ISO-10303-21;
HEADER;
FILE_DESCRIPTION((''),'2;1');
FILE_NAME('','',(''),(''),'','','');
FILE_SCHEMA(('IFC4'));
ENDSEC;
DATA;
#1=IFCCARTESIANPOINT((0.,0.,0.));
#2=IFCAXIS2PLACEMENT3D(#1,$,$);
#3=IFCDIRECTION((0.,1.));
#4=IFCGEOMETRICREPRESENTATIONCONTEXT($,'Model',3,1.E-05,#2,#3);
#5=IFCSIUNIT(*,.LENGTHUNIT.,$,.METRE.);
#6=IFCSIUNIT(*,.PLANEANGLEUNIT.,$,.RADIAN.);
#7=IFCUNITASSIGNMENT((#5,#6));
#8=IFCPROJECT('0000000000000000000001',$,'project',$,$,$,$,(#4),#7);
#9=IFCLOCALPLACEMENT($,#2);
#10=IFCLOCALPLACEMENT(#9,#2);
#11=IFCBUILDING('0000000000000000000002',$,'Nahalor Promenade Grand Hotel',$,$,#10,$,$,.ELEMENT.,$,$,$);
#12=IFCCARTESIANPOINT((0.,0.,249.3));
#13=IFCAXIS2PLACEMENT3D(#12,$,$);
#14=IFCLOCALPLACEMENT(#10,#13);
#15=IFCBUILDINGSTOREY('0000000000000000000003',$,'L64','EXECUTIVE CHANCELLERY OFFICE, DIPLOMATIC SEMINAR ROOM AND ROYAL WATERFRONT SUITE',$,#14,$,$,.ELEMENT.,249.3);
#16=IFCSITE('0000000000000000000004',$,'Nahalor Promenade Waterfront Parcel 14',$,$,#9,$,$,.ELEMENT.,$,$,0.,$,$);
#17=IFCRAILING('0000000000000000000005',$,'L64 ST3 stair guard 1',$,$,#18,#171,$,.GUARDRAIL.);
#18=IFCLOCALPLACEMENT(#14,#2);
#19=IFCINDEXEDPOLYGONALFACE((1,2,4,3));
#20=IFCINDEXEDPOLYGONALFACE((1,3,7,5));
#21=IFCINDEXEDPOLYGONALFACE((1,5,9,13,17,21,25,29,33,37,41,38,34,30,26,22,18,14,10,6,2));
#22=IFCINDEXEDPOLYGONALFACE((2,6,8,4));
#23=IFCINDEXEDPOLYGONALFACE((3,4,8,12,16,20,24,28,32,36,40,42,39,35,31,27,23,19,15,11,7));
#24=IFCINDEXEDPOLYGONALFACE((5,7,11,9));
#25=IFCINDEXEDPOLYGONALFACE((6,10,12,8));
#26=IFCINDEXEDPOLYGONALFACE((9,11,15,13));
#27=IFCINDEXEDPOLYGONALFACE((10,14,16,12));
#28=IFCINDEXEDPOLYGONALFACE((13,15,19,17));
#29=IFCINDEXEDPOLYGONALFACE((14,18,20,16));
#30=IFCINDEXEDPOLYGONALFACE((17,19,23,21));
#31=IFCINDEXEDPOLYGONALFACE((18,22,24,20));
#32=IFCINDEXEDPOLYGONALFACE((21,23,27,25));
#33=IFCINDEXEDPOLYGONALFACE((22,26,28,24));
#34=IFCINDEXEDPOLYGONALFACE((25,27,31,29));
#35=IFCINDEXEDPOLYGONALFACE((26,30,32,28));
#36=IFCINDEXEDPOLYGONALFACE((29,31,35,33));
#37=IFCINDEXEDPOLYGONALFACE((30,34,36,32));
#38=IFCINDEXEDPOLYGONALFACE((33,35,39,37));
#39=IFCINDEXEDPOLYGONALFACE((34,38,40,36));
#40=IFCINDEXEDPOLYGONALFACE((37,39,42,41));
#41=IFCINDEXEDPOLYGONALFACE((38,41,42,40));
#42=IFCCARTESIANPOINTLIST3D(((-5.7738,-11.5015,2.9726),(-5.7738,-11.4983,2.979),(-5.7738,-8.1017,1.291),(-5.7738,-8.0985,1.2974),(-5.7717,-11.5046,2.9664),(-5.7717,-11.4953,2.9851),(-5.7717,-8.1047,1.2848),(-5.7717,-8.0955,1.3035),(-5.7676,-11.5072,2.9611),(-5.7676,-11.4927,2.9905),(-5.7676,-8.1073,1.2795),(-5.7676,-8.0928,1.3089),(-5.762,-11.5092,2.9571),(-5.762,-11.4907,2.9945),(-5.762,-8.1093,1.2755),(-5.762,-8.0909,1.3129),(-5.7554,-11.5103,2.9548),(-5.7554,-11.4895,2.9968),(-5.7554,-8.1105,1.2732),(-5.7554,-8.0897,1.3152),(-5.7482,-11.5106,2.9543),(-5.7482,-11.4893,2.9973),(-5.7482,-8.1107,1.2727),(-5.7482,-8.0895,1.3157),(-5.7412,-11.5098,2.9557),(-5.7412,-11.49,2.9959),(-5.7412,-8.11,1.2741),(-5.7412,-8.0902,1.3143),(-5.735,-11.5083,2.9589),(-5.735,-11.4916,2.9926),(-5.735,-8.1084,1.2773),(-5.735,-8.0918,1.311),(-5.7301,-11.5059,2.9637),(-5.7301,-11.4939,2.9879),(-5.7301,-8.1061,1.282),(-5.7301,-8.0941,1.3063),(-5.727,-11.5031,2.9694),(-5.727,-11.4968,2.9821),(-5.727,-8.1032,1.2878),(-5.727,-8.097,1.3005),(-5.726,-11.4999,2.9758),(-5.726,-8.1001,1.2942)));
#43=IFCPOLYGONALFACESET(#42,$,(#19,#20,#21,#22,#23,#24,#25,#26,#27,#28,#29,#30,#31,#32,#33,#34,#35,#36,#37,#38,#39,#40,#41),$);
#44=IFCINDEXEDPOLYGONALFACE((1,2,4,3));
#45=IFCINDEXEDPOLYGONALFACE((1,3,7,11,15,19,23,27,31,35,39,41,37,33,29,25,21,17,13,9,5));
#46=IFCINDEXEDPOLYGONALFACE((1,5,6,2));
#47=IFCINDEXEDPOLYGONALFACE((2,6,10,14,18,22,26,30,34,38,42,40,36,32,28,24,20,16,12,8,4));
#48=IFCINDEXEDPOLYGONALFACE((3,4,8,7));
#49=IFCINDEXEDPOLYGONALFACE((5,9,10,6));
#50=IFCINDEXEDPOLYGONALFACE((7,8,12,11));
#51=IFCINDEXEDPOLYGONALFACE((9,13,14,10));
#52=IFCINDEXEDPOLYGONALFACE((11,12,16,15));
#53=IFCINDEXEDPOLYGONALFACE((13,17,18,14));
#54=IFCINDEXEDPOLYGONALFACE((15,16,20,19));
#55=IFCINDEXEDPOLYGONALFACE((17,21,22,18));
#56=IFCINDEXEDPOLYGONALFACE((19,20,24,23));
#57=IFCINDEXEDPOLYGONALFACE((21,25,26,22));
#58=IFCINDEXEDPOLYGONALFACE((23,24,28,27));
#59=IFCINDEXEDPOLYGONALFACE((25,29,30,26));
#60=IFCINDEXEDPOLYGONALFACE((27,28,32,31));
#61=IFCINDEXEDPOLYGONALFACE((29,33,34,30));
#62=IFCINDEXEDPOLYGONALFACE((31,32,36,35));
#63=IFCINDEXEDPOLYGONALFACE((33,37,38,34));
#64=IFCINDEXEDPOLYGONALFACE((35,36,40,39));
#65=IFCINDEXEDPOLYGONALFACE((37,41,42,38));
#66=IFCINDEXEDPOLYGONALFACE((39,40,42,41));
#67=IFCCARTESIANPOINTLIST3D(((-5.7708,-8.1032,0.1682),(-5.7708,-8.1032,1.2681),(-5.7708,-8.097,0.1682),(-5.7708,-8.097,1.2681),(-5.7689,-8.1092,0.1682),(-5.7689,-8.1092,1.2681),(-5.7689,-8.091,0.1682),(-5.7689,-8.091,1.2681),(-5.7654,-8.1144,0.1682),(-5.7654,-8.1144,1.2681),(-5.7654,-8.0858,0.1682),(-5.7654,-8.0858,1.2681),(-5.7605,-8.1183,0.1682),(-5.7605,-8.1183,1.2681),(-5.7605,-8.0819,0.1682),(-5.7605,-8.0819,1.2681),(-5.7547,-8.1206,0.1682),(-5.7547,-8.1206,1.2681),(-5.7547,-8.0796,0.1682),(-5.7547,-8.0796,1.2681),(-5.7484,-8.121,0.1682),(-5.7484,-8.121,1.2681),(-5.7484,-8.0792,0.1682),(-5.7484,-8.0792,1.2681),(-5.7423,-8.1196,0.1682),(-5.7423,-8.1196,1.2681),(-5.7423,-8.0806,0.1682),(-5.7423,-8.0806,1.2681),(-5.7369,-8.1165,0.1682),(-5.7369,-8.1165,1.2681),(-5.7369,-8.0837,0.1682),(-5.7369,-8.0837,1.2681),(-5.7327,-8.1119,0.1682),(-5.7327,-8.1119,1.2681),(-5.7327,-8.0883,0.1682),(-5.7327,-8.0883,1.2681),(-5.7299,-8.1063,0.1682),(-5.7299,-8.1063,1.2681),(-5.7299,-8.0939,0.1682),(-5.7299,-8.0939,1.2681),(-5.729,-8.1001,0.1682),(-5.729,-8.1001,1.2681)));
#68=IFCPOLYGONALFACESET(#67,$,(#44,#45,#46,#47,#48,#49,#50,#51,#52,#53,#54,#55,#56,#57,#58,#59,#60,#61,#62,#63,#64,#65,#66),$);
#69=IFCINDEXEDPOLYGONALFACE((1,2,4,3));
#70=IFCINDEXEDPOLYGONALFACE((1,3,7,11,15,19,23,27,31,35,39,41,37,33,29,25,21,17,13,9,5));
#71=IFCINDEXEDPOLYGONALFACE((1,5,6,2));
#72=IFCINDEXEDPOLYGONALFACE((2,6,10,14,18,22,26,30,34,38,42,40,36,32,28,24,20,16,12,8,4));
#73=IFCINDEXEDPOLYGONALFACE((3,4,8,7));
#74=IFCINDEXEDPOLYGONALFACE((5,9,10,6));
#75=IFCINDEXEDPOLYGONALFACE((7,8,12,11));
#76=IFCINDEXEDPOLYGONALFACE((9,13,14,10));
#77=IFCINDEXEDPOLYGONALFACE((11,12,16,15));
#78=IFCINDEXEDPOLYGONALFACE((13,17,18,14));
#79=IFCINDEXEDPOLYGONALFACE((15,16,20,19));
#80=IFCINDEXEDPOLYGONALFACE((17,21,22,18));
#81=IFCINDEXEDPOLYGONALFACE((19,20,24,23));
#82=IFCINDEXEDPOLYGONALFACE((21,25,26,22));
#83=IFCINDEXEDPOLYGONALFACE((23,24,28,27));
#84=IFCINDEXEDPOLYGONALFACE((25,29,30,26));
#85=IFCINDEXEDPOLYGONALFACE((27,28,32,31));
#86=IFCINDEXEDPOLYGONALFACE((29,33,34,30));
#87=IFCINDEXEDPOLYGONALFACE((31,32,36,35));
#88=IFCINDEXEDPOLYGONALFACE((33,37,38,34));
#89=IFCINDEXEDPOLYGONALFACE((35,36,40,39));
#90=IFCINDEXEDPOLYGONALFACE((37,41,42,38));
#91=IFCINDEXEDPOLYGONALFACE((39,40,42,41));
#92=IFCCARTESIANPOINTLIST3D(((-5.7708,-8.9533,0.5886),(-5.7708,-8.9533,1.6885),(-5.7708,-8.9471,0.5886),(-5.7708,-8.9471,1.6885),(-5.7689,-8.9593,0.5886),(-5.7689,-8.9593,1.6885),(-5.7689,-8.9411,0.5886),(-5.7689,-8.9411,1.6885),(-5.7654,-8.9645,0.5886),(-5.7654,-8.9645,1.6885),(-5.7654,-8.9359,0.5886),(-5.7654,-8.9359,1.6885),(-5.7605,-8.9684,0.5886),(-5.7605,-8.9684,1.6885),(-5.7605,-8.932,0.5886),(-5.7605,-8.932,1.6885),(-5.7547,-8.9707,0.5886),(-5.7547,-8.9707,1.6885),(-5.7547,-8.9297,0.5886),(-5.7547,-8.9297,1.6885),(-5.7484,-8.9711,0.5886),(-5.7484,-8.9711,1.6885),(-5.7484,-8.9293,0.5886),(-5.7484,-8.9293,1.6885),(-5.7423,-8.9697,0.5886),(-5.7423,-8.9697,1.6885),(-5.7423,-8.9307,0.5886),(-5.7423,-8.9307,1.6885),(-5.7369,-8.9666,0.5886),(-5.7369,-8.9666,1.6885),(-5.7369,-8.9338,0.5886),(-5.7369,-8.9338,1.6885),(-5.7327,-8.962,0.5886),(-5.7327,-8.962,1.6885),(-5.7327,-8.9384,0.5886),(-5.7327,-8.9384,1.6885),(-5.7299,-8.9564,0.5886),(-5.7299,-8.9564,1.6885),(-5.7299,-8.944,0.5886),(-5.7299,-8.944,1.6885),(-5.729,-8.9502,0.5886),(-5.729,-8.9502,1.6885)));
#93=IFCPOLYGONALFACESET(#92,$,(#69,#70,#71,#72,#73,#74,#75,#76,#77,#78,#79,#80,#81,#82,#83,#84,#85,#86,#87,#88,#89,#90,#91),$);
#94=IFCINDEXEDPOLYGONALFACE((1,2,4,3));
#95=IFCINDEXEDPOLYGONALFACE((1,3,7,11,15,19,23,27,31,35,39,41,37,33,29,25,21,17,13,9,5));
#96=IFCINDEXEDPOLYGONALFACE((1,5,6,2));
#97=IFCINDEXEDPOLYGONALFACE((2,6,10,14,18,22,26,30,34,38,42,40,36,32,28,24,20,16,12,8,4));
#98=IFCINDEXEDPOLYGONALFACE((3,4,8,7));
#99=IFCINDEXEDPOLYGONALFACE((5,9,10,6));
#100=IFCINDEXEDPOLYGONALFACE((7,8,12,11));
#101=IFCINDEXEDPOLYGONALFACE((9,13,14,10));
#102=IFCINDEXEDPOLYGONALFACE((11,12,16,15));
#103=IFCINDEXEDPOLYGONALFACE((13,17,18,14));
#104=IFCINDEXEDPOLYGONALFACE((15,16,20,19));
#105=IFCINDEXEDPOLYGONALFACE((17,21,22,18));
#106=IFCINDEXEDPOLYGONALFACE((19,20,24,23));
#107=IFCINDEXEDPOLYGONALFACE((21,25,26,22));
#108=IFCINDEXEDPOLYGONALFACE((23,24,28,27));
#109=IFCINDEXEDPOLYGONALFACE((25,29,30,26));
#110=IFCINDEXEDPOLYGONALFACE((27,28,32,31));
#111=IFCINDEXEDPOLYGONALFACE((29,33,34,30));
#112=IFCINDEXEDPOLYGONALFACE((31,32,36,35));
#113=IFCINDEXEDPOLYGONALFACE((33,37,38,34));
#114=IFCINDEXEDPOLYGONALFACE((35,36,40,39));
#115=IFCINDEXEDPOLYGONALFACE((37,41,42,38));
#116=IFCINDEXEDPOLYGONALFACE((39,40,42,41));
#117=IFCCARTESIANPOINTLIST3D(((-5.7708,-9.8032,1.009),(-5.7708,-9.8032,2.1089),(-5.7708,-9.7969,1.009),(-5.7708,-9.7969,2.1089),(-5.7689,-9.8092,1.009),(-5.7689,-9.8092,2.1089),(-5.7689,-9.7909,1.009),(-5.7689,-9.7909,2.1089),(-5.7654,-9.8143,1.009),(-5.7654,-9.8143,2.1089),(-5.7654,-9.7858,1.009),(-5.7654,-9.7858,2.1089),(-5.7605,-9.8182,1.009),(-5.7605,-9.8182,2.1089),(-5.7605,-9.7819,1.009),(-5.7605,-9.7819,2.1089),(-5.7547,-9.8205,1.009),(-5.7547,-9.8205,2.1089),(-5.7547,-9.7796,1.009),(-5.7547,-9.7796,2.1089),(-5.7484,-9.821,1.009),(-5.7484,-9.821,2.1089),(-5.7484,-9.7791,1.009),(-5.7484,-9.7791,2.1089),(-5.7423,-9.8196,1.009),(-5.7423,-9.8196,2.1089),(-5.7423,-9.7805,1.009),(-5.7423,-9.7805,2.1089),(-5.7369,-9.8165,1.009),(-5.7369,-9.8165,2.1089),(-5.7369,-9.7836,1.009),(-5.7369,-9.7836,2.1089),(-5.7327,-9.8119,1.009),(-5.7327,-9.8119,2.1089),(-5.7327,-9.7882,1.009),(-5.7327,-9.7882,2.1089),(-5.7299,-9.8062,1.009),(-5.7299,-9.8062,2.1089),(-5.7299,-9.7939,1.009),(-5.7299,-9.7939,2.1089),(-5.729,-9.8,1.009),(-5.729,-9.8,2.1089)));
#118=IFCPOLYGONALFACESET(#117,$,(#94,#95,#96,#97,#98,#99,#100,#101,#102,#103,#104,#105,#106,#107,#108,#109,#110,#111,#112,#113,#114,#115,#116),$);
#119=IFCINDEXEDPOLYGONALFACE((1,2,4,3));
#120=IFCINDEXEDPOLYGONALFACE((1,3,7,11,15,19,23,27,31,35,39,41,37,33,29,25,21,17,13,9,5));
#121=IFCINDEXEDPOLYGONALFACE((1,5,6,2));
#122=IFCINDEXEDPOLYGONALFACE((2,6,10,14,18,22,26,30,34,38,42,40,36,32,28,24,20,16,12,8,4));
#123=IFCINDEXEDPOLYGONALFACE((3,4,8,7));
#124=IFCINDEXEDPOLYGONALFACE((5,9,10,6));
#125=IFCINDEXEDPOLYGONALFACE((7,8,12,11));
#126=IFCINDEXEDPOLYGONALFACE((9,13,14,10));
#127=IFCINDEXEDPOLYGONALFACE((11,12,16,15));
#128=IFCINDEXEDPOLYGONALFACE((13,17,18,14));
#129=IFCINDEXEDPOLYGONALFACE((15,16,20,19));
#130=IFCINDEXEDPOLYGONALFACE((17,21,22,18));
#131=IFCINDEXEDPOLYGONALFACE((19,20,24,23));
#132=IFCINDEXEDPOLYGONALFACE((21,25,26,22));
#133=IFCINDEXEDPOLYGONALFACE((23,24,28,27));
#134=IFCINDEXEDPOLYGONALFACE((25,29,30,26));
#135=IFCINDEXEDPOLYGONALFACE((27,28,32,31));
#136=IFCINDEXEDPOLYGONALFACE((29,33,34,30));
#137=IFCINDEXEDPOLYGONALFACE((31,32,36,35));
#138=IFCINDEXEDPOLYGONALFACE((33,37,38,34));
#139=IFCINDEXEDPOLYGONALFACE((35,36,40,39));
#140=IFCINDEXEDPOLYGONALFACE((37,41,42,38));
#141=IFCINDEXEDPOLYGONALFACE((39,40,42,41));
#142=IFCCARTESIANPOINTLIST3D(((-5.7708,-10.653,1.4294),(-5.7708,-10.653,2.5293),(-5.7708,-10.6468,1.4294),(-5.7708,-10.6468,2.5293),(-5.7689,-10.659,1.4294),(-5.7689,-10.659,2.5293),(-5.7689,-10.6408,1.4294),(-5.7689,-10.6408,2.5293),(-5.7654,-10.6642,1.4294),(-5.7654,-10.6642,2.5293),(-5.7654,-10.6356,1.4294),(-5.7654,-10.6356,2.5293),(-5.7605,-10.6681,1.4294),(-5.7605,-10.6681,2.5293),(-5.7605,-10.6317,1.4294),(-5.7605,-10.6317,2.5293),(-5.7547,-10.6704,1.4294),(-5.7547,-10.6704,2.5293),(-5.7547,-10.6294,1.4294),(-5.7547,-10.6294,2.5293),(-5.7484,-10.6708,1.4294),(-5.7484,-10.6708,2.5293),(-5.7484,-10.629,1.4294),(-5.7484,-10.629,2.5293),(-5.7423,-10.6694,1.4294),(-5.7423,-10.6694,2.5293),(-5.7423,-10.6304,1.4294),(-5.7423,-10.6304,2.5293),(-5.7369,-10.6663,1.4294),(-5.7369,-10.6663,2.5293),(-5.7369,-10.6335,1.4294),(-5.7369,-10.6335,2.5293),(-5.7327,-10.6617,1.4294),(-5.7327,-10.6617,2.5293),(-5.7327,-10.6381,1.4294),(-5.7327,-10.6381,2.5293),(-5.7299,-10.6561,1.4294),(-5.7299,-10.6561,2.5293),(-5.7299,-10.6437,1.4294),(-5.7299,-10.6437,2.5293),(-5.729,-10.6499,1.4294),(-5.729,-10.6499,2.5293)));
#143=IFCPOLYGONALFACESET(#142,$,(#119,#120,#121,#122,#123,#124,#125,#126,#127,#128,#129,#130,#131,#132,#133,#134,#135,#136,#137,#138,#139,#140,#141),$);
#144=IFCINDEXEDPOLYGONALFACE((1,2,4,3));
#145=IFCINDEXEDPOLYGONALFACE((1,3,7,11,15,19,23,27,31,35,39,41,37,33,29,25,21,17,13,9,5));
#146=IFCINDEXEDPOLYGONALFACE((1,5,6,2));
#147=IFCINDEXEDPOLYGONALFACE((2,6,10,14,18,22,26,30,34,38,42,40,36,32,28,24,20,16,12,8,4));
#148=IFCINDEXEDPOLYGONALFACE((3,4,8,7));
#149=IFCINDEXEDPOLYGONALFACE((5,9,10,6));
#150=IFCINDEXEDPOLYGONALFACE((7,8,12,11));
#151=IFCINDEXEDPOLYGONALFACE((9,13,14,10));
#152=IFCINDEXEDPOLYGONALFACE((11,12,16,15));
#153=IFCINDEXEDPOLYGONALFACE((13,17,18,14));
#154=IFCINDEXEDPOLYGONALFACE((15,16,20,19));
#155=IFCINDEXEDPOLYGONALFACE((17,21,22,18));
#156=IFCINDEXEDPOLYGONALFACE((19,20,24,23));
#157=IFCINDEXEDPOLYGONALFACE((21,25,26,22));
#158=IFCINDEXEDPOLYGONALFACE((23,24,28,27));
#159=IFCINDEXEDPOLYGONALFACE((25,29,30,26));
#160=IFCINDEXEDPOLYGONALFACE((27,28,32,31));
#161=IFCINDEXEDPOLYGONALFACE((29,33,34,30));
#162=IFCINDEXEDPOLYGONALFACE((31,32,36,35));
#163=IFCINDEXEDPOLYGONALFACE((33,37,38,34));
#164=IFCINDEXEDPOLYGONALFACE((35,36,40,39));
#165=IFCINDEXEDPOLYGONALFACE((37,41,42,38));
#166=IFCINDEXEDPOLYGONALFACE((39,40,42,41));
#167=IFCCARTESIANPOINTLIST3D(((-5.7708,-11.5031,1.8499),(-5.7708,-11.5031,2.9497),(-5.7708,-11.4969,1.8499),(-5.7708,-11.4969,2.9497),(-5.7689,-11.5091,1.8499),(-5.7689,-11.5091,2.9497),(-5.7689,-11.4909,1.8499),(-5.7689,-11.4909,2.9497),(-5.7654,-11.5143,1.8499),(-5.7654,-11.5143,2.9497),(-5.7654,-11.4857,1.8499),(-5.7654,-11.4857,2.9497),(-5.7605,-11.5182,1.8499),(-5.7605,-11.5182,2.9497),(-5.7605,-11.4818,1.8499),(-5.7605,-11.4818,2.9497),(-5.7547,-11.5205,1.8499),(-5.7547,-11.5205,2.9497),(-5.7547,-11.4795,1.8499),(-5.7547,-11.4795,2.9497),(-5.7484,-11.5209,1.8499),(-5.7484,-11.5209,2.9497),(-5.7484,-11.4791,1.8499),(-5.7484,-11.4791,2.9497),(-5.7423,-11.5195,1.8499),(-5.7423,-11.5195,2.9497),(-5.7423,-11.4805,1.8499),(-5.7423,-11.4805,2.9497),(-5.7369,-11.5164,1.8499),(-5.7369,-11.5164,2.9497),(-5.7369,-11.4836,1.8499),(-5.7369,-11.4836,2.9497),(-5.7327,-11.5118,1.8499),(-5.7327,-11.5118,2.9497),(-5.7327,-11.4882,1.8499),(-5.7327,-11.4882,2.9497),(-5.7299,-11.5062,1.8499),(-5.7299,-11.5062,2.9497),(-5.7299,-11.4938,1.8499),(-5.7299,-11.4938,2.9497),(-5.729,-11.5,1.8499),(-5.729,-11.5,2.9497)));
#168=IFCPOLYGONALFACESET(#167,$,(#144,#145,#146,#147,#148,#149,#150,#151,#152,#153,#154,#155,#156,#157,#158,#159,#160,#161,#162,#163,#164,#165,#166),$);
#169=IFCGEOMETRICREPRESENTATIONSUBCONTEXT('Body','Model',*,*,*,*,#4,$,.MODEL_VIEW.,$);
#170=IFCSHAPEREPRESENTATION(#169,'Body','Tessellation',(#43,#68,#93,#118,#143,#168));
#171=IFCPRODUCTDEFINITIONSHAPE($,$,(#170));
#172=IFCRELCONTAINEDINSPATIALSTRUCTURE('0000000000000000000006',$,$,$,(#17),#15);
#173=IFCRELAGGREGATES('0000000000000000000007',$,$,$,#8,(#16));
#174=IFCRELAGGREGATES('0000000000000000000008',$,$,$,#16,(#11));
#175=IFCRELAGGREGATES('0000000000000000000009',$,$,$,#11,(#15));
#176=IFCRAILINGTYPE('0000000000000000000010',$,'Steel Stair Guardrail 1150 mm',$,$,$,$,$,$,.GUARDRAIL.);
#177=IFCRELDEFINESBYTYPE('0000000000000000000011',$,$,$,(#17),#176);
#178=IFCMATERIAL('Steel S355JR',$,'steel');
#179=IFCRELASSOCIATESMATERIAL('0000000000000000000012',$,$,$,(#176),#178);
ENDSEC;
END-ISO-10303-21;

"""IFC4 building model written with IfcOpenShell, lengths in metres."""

from ifc_helpers import new_model, si_unit, direction, frame, origin, origin_2d, place, context, subcontext, project, spatial, circle, extrude, material, type_object, element, save


model = new_model("IFC4")

# Units and contexts
model_context = context("Model", 3, precision=1e-05, world=origin(), true_north=direction((0.0, 1.0)))
body_context = subcontext(model_context, "Body", "Model", "MODEL_VIEW")
ifc_project = project(units=[si_unit("LENGTHUNIT", "METRE"), si_unit("PLANEANGLEUNIT", "RADIAN")], contexts=[model_context])

# Site, building, storey
site_placement = place(None, origin())
site = spatial("IfcSite", under=ifc_project, at=site_placement, Name="Nahalor Promenade Waterfront Parcel 14", CompositionType="ELEMENT", RefElevation=0.0)
building_placement = place(site_placement, origin())
building = spatial("IfcBuilding", under=site, at=building_placement, Name="Nahalor Promenade Grand Hotel", CompositionType="ELEMENT")
storey_placement = place(building_placement, frame((0.0, 0.0, 249.3)))
storey = spatial("IfcBuildingStorey", under=building, at=storey_placement, Name="L64", Description="EXECUTIVE CHANCELLERY OFFICE, DIPLOMATIC SEMINAR ROOM AND ROYAL WATERFRONT SUITE", CompositionType="ELEMENT", Elevation=249.3)

# Shared definitions
ifc_material_1 = material(Name="Steel S355JR", Category="steel")

# Railing
railing_type_1 = type_object("IfcRailingType", Name="Steel Stair Guardrail 1150 mm", PredefinedType="GUARDRAIL", material=ifc_material_1)
for number, where, name in (
    (1, (-5.75, -8.1001, 0.1682), "L64 ST3 stair guard 1"),
):
    element("IfcRailing", number, at=place(storey_placement, frame(where)), inside=storey, type_object=railing_type_1, Name=name, PredefinedType="GUARDRAIL", context=body_context, shape_type="SweptSolid", body=[
        extrude(circle(Radius=0.024, at=origin_2d()), frame((0.0, 0.0, 1.126), z_axis=(0.0, -0.89635, 0.443348), x_axis=(1.0, 0.0, 0.0)), (0.0, 0.0, 1.0), 3.793),
        extrude(circle(Radius=0.021, at=origin_2d()), origin(), (0.0, 0.0, 1.0), 1.0999),
        extrude(circle(Radius=0.021, at=origin_2d()), frame((0.0, -0.8501, 0.4204)), (0.0, 0.0, 1.0), 1.0999),
        extrude(circle(Radius=0.021, at=origin_2d()), frame((0.0, -1.7, 0.8408)), (0.0, 0.0, 1.0), 1.0999),
        extrude(circle(Radius=0.021, at=origin_2d()), frame((0.0, -2.5498, 1.2612)), (0.0, 0.0, 1.0), 1.0999),
        extrude(circle(Radius=0.021, at=origin_2d()), frame((0.0, -3.3999, 1.6816)), (0.0, 0.0, 1.0), 1.0999),
    ])

save(model, "model.ifc")
